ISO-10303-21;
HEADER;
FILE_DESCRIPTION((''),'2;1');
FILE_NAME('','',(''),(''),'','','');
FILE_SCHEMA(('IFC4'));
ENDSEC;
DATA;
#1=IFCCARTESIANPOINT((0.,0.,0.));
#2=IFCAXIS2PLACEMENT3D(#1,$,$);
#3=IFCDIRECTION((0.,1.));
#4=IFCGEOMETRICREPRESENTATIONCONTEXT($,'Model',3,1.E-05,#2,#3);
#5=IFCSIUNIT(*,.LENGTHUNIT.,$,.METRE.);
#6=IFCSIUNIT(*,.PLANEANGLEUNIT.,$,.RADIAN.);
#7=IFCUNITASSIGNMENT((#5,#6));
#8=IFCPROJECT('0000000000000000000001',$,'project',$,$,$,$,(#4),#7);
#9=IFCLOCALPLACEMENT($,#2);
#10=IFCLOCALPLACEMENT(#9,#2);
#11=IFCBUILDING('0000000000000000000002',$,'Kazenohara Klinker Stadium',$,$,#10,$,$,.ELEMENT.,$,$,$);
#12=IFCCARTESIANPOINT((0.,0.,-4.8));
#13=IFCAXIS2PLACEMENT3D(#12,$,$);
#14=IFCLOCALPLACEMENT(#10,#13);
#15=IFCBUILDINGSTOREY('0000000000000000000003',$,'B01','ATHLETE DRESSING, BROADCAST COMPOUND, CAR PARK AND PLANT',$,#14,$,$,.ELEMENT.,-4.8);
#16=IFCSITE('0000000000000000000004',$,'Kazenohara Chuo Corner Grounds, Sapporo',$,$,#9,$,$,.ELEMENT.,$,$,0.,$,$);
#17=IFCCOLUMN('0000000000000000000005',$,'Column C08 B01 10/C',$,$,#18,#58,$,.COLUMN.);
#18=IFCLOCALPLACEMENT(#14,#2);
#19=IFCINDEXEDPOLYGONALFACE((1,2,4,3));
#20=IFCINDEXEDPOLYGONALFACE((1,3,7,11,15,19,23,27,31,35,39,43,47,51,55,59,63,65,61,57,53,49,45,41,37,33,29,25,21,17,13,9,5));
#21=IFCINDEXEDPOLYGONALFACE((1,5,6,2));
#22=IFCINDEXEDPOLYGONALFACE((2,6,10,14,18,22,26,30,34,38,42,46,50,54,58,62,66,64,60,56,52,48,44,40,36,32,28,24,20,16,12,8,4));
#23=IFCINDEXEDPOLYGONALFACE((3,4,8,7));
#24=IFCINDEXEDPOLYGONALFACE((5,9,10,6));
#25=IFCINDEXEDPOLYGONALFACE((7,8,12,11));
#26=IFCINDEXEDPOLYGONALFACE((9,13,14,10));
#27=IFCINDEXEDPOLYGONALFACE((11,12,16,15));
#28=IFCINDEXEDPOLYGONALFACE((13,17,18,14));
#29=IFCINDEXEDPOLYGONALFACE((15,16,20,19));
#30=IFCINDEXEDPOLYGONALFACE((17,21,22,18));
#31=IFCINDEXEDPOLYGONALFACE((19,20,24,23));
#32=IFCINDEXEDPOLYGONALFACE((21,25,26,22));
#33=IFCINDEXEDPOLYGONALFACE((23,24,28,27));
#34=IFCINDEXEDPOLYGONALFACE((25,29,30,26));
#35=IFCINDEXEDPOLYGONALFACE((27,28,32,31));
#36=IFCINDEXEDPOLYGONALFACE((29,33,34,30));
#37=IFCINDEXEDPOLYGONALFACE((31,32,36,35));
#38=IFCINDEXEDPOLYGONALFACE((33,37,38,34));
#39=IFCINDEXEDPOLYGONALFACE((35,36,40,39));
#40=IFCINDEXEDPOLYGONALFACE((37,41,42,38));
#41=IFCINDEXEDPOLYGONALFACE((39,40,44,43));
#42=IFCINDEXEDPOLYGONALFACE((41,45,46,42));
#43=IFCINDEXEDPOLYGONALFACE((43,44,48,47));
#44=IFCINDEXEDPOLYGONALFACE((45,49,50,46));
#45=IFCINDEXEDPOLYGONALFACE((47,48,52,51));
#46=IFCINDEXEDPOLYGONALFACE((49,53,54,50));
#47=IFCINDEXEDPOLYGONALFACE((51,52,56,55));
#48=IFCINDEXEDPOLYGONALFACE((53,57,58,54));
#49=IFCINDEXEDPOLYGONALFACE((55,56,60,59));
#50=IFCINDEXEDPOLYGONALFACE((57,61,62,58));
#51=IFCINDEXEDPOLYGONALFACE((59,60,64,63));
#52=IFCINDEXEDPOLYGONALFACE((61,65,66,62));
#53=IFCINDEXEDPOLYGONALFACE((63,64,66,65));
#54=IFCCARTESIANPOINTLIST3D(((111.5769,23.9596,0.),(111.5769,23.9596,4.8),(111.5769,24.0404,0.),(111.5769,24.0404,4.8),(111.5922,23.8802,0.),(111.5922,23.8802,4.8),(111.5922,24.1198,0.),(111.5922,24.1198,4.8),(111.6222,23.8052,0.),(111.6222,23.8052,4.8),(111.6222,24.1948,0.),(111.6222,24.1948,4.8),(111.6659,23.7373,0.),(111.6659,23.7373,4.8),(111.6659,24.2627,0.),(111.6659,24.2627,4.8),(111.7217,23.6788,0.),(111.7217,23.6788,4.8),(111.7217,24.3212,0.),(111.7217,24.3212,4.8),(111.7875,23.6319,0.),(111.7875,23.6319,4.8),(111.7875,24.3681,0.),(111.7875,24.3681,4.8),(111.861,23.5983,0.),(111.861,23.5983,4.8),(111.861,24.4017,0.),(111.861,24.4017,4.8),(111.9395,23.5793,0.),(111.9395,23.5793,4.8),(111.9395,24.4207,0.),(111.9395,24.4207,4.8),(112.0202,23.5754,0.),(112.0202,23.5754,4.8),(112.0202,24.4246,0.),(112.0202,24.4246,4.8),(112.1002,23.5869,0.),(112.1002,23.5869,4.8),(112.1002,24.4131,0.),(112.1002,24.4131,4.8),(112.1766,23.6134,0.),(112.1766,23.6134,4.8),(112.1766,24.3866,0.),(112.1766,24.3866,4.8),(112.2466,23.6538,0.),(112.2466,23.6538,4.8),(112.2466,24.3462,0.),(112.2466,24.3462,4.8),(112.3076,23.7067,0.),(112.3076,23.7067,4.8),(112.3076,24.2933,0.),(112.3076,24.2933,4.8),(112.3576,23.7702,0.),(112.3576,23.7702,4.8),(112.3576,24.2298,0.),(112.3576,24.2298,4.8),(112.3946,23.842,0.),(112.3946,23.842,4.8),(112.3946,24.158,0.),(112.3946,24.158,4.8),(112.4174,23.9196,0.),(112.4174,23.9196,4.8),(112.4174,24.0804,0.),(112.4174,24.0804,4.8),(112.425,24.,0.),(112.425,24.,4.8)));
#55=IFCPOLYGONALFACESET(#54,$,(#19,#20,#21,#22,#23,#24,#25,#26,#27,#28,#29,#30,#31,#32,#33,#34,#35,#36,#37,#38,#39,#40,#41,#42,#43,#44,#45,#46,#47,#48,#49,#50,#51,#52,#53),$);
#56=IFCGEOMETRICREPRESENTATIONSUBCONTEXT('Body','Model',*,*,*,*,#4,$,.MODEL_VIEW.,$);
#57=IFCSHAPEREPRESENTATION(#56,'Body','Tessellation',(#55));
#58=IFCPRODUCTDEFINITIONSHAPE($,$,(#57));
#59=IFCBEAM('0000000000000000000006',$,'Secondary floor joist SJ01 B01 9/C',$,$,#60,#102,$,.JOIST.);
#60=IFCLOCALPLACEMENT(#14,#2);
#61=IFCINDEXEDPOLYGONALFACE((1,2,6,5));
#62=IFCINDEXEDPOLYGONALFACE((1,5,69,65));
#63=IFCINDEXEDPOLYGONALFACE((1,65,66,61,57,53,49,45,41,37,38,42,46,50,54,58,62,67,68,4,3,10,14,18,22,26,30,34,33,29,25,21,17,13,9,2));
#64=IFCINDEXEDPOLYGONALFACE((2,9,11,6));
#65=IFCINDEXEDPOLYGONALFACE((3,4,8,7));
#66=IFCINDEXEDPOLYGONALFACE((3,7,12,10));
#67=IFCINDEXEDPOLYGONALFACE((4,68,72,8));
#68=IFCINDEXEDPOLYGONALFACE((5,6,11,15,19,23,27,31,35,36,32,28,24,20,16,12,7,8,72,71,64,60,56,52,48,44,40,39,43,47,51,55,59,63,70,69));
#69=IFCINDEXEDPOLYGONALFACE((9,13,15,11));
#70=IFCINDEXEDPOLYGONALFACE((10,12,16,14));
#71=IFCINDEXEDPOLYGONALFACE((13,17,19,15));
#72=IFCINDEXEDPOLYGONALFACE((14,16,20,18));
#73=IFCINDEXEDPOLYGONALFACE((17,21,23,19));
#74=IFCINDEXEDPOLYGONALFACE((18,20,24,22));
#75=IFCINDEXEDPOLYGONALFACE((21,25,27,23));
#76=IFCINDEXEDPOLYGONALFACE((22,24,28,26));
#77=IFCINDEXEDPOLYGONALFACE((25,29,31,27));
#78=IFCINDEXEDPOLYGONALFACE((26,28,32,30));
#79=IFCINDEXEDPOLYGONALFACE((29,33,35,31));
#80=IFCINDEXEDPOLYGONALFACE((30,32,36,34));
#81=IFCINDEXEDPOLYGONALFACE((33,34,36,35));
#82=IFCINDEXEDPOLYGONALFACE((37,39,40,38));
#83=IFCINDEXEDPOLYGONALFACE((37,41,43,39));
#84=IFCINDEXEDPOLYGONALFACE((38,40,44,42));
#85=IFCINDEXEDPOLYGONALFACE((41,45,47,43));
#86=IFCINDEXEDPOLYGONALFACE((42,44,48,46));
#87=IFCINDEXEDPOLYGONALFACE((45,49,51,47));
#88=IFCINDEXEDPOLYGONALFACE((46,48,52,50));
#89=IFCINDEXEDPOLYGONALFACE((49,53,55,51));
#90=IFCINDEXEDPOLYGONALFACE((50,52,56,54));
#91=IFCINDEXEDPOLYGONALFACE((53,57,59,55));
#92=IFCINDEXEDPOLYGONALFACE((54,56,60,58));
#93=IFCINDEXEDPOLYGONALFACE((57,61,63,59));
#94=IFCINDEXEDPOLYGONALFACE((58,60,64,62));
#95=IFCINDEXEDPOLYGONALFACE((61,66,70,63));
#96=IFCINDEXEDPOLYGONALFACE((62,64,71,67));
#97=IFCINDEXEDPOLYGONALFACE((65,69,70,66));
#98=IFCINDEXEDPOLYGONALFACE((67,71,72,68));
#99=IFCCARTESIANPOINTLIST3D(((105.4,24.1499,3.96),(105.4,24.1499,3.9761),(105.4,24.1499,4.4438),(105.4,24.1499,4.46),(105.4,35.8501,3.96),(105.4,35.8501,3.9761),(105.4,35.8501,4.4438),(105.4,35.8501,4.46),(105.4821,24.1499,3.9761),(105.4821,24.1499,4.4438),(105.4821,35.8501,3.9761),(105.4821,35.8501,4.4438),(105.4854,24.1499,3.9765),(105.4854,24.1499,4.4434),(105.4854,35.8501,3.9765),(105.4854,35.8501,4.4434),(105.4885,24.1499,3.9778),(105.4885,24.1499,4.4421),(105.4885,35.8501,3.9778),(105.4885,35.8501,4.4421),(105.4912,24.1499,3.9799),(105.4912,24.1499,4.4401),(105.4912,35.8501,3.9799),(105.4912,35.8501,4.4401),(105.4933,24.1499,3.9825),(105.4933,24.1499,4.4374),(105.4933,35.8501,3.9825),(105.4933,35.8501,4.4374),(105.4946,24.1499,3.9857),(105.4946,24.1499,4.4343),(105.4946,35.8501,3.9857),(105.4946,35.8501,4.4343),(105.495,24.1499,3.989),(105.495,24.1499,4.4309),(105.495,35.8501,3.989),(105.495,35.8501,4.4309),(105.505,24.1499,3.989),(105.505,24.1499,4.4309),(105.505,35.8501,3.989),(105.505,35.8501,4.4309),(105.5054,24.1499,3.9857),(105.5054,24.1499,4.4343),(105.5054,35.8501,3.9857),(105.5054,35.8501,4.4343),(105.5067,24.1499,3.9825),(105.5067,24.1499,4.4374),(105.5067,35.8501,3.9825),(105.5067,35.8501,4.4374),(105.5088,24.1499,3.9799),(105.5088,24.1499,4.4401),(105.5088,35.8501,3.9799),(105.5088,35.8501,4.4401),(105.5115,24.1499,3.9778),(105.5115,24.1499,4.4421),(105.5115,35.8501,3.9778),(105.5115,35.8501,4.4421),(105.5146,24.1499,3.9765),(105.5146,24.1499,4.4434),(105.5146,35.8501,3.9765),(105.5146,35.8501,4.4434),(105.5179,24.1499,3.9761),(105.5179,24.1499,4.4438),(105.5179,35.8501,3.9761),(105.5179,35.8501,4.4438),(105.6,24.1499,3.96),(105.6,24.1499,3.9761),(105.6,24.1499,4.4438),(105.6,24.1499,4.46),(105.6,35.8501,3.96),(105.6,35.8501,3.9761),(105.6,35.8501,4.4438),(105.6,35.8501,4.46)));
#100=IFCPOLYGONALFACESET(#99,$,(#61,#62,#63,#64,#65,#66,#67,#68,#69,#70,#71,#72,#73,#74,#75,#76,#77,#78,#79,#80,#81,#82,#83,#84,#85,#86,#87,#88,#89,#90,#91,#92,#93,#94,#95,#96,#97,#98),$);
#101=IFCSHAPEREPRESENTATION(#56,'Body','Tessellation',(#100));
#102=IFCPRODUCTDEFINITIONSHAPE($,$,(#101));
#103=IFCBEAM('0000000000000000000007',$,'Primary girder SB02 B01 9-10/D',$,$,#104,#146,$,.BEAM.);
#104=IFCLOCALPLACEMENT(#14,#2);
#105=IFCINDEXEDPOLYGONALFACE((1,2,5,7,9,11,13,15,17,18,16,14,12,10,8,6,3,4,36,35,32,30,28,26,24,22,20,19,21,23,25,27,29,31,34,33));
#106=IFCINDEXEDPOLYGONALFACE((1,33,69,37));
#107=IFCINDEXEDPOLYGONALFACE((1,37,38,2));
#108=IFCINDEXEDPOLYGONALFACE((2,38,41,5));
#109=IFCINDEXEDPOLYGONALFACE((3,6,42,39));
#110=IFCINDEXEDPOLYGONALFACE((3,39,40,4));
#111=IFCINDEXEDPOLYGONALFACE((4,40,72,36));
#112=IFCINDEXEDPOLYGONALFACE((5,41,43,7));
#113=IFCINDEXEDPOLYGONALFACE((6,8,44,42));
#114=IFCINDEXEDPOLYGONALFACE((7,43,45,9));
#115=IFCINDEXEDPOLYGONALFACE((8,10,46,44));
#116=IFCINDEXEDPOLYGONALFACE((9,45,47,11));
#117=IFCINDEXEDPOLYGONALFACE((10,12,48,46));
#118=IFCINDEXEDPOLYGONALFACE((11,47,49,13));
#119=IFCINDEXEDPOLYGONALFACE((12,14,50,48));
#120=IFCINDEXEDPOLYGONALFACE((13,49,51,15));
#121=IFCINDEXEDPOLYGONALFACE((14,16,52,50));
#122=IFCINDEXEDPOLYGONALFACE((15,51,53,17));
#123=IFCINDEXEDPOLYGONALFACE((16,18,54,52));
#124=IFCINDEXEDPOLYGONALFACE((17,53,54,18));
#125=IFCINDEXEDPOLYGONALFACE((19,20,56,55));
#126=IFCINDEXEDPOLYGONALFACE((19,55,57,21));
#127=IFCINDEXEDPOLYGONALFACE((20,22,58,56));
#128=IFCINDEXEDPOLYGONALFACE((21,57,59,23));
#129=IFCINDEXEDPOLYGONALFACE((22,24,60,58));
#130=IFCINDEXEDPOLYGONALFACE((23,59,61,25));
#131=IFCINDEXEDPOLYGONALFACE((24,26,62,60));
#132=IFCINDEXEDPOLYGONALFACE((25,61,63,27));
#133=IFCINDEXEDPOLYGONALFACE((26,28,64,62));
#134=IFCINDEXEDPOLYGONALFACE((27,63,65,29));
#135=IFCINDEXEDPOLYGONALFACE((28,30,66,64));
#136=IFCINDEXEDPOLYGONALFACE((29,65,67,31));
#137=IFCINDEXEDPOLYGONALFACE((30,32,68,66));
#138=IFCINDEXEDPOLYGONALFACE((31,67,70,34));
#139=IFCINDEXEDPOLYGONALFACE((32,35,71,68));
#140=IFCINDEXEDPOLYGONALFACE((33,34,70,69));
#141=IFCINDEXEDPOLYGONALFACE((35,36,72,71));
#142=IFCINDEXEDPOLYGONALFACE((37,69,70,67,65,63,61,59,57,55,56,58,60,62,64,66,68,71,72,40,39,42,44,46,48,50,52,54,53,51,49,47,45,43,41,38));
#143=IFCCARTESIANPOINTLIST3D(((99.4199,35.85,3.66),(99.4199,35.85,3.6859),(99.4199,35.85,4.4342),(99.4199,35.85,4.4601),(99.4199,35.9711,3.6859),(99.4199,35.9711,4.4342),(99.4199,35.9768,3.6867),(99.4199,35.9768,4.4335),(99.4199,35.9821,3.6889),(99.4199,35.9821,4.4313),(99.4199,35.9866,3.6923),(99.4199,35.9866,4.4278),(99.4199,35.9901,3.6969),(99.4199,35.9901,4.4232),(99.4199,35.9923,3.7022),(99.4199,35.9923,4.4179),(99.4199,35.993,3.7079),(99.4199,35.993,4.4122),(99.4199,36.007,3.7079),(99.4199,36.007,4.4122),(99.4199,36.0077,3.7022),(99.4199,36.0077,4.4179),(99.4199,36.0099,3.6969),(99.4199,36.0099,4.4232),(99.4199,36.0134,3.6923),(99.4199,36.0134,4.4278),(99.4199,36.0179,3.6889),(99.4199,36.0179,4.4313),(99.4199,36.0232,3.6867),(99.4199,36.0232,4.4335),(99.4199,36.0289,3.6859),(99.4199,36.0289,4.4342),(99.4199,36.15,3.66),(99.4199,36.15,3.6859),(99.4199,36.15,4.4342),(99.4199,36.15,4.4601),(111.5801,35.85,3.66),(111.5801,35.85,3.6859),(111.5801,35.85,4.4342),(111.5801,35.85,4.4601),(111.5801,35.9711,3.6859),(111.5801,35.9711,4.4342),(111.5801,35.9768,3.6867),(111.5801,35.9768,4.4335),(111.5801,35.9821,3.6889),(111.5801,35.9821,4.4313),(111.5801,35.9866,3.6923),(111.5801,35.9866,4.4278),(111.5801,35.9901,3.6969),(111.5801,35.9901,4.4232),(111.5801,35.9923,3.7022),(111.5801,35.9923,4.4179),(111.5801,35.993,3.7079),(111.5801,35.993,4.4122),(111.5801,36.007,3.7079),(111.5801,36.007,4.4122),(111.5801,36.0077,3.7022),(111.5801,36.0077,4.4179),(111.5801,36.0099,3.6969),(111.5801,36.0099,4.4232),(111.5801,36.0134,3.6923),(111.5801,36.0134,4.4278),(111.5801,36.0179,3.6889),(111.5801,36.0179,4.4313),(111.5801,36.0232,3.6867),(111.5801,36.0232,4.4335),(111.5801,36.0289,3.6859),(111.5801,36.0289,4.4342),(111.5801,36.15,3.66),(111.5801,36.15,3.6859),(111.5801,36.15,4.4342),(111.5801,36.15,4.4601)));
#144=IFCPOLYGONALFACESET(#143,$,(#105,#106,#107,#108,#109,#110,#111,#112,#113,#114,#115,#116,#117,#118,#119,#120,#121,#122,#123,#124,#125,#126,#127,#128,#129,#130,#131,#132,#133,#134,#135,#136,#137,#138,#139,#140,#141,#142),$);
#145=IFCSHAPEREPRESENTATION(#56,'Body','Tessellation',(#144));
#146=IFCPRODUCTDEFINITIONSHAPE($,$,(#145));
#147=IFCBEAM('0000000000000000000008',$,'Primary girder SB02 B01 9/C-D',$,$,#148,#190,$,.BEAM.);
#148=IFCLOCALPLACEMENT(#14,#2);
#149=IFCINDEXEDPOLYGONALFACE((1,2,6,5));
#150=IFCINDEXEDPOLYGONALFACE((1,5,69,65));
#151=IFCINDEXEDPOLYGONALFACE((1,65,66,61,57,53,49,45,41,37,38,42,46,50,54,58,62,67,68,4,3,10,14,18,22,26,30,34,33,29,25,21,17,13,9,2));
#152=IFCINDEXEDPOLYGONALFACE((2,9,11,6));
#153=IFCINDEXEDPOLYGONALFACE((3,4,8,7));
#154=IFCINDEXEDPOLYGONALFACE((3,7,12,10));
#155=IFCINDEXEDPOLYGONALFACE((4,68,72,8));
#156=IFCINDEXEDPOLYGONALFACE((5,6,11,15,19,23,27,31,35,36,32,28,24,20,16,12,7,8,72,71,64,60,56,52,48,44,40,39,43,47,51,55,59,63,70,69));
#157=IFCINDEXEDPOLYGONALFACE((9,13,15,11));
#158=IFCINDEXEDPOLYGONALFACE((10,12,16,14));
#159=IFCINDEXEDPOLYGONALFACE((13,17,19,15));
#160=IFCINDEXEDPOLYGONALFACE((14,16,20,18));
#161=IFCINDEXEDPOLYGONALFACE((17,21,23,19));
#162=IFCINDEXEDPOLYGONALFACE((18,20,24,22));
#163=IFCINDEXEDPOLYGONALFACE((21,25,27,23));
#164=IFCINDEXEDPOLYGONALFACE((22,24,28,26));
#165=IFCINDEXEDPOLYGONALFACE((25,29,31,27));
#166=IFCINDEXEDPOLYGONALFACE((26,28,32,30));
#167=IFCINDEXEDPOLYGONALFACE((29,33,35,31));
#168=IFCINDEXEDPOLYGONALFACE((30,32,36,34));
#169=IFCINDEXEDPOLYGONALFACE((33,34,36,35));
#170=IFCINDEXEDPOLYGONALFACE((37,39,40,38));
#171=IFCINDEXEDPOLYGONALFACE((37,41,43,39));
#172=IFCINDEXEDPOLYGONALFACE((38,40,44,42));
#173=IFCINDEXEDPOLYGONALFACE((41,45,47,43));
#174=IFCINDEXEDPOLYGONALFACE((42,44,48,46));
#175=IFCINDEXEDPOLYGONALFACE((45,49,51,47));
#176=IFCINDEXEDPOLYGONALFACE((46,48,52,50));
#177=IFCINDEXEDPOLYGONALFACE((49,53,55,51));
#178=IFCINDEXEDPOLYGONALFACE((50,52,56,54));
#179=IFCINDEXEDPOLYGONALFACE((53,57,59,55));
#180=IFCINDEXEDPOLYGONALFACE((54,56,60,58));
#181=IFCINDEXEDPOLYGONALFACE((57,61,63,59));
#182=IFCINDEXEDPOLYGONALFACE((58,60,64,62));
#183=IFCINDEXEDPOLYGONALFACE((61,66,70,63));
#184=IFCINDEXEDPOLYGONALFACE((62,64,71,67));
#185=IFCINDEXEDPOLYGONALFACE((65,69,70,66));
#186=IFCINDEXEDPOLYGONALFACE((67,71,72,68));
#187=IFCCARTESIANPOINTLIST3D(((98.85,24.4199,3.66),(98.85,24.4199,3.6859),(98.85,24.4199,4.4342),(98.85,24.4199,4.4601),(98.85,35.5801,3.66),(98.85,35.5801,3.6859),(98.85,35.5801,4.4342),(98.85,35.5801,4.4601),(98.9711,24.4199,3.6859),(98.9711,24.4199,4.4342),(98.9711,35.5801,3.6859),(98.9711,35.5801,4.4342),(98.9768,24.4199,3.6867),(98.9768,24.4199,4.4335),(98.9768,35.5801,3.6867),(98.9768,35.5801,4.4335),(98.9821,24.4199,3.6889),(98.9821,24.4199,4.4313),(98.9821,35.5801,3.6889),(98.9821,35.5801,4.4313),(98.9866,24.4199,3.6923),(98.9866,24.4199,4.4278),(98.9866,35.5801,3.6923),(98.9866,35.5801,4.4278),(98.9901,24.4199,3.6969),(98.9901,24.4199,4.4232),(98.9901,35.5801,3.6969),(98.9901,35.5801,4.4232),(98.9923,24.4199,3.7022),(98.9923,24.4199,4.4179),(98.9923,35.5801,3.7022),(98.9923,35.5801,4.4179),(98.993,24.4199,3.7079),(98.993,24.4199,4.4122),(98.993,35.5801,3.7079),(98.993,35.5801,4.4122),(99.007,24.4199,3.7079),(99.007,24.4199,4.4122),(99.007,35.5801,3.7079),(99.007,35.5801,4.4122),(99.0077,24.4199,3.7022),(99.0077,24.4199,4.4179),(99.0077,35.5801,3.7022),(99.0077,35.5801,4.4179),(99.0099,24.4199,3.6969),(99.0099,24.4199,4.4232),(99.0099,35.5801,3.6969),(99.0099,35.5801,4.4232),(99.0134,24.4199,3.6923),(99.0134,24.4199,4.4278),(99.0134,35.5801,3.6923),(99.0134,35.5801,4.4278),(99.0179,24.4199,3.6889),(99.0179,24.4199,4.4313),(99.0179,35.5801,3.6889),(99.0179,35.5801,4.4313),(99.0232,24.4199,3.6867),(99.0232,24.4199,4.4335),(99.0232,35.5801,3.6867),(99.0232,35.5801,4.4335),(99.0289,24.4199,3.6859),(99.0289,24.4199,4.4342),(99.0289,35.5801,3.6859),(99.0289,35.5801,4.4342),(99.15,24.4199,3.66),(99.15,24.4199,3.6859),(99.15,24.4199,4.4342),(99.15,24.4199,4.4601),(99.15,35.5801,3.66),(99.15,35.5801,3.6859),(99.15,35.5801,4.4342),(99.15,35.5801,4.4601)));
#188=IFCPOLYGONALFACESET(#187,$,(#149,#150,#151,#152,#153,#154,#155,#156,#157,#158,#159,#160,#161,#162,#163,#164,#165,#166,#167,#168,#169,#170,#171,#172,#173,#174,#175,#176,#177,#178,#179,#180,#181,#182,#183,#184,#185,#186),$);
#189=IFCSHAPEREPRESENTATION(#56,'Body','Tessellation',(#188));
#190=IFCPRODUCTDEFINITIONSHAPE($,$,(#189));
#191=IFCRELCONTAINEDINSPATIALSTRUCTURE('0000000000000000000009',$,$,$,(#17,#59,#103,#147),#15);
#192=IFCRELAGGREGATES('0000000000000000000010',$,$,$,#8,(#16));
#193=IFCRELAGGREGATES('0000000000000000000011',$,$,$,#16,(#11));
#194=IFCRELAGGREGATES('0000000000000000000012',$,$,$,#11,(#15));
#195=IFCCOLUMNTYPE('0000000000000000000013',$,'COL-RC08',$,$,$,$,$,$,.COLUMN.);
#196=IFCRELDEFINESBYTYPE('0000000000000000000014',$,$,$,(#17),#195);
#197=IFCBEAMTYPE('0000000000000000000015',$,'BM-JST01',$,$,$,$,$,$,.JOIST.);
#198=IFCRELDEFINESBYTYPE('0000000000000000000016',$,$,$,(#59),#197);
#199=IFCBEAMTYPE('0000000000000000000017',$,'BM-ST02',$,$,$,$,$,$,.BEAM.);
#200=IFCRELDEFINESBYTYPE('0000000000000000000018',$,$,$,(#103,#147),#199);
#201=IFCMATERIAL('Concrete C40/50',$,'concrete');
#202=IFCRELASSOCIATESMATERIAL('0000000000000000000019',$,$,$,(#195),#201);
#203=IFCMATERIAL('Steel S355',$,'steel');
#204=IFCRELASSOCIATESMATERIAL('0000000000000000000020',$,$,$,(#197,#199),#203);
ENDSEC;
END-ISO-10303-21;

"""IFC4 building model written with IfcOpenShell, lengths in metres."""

from ifc_helpers import new_model, si_unit, direction, frame, origin, origin_2d, place, context, subcontext, project, spatial, circle, i_section, extrude, material, material_profile, profile_set, type_object, element, save


model = new_model("IFC4")

# Units and contexts
model_context = context("Model", 3, precision=1e-05, world=origin(), true_north=direction((0.0, 1.0)))
body_context = subcontext(model_context, "Body", "Model", "MODEL_VIEW")
ifc_project = project(units=[si_unit("LENGTHUNIT", "METRE"), si_unit("PLANEANGLEUNIT", "RADIAN")], contexts=[model_context])

# Site, building, storey
site_placement = place(None, origin())
site = spatial("IfcSite", under=ifc_project, at=site_placement, Name="Kazenohara Chuo Corner Grounds, Sapporo", CompositionType="ELEMENT", RefElevation=0.0)
building_placement = place(site_placement, origin())
building = spatial("IfcBuilding", under=site, at=building_placement, Name="Kazenohara Klinker Stadium", CompositionType="ELEMENT")
storey_placement = place(building_placement, frame((0.0, 0.0, -4.8)))
storey = spatial("IfcBuildingStorey", under=building, at=storey_placement, Name="B01", Description="ATHLETE DRESSING, BROADCAST COMPOUND, CAR PARK AND PLANT", CompositionType="ELEMENT", Elevation=-4.8)

# Column
ifc_material_1 = material(Name="Concrete C40/50", Category="concrete")
ifc_material_profile_1 = material_profile(ifc_material_1, circle(Radius=0.425, at=origin_2d()), Name="RC-COL-D850")
ifc_profile_set_1 = profile_set([ifc_material_profile_1], Name="Concrete C40/50")
column_type_1 = type_object("IfcColumnType", Name="COL-RC08", PredefinedType="COLUMN", material=ifc_profile_set_1)
for number, where, z_axis, x_axis, name in (
    (1, (112.0, 24.0, 0.0), (0.0, 0.0, 1.0), (1.0, 0.0, 0.0), "Column C08 B01 10/C"),
):
    element("IfcColumn", number, at=place(storey_placement, frame(where, z_axis=z_axis, x_axis=x_axis)), inside=storey, type_object=column_type_1, Name=name, PredefinedType="COLUMN", context=body_context, shape_type="SweptSolid", body=[
        extrude(circle(Radius=0.425, at=origin_2d()), origin(), (0.0, 0.0, 1.0), 4.8),
    ])

# Beams
ifc_material_2 = material(Name="Steel S355", Category="steel")
ifc_material_profile_2 = material_profile(ifc_material_2, i_section(OverallWidth=0.2, OverallDepth=0.5, WebThickness=0.01, FlangeThickness=0.0161, FilletRadius=0.0129, at=origin_2d()), Name="H-500x200x10x16")
ifc_profile_set_2 = profile_set([ifc_material_profile_2], Name="Steel S355")
beam_type_1 = type_object("IfcBeamType", Name="BM-JST01", PredefinedType="JOIST", material=ifc_profile_set_2)
beam_1_placement = place(storey_placement, frame((105.5, 24.1499, 4.21), z_axis=(0.0, 1.0, 0.0), x_axis=(-1.0, 0.0, 0.0)))
element("IfcBeam", 2, at=beam_1_placement, inside=storey, type_object=beam_type_1, Name="Secondary floor joist SJ01 B01 9/C", PredefinedType="JOIST", context=body_context, shape_type="SweptSolid", body=[
    extrude(i_section(OverallWidth=0.2, OverallDepth=0.5, WebThickness=0.01, FlangeThickness=0.0161, FilletRadius=0.0129, at=origin_2d()), origin(), (0.0, 0.0, 1.0), 11.7002),
])
ifc_material_profile_3 = material_profile(ifc_material_2, i_section(OverallWidth=0.3, OverallDepth=0.8, WebThickness=0.0139, FlangeThickness=0.0259, FilletRadius=0.022, at=origin_2d()), Name="H-800x300x14x26")
ifc_profile_set_3 = profile_set([ifc_material_profile_3], Name="Steel S355")
beam_type_2 = type_object("IfcBeamType", Name="BM-ST02", PredefinedType="BEAM", material=ifc_profile_set_3)
beam_2_placement = place(storey_placement, frame((99.4199, 36.0, 4.0601), z_axis=(1.0, 0.0, 0.0), x_axis=(0.0, 1.0, 0.0)))
element("IfcBeam", 3, at=beam_2_placement, inside=storey, type_object=beam_type_2, Name="Primary girder SB02 B01 9-10/D", PredefinedType="BEAM", context=body_context, shape_type="SweptSolid", body=[
    extrude(i_section(OverallWidth=0.3, OverallDepth=0.8, WebThickness=0.0139, FlangeThickness=0.0259, FilletRadius=0.022, at=origin_2d()), origin(), (0.0, 0.0, 1.0), 12.1602),
])
beam_3_placement = place(storey_placement, frame((99.0, 24.4199, 4.0601), z_axis=(0.0, 1.0, 0.0), x_axis=(-1.0, 0.0, 0.0)))
element("IfcBeam", 4, at=beam_3_placement, inside=storey, type_object=beam_type_2, Name="Primary girder SB02 B01 9/C-D", PredefinedType="BEAM", context=body_context, shape_type="SweptSolid", body=[
    extrude(i_section(OverallWidth=0.3, OverallDepth=0.8, WebThickness=0.0139, FlangeThickness=0.0259, FilletRadius=0.022, at=origin_2d()), origin(), (0.0, 0.0, 1.0), 11.1602),
])

save(model, "model.ifc")
